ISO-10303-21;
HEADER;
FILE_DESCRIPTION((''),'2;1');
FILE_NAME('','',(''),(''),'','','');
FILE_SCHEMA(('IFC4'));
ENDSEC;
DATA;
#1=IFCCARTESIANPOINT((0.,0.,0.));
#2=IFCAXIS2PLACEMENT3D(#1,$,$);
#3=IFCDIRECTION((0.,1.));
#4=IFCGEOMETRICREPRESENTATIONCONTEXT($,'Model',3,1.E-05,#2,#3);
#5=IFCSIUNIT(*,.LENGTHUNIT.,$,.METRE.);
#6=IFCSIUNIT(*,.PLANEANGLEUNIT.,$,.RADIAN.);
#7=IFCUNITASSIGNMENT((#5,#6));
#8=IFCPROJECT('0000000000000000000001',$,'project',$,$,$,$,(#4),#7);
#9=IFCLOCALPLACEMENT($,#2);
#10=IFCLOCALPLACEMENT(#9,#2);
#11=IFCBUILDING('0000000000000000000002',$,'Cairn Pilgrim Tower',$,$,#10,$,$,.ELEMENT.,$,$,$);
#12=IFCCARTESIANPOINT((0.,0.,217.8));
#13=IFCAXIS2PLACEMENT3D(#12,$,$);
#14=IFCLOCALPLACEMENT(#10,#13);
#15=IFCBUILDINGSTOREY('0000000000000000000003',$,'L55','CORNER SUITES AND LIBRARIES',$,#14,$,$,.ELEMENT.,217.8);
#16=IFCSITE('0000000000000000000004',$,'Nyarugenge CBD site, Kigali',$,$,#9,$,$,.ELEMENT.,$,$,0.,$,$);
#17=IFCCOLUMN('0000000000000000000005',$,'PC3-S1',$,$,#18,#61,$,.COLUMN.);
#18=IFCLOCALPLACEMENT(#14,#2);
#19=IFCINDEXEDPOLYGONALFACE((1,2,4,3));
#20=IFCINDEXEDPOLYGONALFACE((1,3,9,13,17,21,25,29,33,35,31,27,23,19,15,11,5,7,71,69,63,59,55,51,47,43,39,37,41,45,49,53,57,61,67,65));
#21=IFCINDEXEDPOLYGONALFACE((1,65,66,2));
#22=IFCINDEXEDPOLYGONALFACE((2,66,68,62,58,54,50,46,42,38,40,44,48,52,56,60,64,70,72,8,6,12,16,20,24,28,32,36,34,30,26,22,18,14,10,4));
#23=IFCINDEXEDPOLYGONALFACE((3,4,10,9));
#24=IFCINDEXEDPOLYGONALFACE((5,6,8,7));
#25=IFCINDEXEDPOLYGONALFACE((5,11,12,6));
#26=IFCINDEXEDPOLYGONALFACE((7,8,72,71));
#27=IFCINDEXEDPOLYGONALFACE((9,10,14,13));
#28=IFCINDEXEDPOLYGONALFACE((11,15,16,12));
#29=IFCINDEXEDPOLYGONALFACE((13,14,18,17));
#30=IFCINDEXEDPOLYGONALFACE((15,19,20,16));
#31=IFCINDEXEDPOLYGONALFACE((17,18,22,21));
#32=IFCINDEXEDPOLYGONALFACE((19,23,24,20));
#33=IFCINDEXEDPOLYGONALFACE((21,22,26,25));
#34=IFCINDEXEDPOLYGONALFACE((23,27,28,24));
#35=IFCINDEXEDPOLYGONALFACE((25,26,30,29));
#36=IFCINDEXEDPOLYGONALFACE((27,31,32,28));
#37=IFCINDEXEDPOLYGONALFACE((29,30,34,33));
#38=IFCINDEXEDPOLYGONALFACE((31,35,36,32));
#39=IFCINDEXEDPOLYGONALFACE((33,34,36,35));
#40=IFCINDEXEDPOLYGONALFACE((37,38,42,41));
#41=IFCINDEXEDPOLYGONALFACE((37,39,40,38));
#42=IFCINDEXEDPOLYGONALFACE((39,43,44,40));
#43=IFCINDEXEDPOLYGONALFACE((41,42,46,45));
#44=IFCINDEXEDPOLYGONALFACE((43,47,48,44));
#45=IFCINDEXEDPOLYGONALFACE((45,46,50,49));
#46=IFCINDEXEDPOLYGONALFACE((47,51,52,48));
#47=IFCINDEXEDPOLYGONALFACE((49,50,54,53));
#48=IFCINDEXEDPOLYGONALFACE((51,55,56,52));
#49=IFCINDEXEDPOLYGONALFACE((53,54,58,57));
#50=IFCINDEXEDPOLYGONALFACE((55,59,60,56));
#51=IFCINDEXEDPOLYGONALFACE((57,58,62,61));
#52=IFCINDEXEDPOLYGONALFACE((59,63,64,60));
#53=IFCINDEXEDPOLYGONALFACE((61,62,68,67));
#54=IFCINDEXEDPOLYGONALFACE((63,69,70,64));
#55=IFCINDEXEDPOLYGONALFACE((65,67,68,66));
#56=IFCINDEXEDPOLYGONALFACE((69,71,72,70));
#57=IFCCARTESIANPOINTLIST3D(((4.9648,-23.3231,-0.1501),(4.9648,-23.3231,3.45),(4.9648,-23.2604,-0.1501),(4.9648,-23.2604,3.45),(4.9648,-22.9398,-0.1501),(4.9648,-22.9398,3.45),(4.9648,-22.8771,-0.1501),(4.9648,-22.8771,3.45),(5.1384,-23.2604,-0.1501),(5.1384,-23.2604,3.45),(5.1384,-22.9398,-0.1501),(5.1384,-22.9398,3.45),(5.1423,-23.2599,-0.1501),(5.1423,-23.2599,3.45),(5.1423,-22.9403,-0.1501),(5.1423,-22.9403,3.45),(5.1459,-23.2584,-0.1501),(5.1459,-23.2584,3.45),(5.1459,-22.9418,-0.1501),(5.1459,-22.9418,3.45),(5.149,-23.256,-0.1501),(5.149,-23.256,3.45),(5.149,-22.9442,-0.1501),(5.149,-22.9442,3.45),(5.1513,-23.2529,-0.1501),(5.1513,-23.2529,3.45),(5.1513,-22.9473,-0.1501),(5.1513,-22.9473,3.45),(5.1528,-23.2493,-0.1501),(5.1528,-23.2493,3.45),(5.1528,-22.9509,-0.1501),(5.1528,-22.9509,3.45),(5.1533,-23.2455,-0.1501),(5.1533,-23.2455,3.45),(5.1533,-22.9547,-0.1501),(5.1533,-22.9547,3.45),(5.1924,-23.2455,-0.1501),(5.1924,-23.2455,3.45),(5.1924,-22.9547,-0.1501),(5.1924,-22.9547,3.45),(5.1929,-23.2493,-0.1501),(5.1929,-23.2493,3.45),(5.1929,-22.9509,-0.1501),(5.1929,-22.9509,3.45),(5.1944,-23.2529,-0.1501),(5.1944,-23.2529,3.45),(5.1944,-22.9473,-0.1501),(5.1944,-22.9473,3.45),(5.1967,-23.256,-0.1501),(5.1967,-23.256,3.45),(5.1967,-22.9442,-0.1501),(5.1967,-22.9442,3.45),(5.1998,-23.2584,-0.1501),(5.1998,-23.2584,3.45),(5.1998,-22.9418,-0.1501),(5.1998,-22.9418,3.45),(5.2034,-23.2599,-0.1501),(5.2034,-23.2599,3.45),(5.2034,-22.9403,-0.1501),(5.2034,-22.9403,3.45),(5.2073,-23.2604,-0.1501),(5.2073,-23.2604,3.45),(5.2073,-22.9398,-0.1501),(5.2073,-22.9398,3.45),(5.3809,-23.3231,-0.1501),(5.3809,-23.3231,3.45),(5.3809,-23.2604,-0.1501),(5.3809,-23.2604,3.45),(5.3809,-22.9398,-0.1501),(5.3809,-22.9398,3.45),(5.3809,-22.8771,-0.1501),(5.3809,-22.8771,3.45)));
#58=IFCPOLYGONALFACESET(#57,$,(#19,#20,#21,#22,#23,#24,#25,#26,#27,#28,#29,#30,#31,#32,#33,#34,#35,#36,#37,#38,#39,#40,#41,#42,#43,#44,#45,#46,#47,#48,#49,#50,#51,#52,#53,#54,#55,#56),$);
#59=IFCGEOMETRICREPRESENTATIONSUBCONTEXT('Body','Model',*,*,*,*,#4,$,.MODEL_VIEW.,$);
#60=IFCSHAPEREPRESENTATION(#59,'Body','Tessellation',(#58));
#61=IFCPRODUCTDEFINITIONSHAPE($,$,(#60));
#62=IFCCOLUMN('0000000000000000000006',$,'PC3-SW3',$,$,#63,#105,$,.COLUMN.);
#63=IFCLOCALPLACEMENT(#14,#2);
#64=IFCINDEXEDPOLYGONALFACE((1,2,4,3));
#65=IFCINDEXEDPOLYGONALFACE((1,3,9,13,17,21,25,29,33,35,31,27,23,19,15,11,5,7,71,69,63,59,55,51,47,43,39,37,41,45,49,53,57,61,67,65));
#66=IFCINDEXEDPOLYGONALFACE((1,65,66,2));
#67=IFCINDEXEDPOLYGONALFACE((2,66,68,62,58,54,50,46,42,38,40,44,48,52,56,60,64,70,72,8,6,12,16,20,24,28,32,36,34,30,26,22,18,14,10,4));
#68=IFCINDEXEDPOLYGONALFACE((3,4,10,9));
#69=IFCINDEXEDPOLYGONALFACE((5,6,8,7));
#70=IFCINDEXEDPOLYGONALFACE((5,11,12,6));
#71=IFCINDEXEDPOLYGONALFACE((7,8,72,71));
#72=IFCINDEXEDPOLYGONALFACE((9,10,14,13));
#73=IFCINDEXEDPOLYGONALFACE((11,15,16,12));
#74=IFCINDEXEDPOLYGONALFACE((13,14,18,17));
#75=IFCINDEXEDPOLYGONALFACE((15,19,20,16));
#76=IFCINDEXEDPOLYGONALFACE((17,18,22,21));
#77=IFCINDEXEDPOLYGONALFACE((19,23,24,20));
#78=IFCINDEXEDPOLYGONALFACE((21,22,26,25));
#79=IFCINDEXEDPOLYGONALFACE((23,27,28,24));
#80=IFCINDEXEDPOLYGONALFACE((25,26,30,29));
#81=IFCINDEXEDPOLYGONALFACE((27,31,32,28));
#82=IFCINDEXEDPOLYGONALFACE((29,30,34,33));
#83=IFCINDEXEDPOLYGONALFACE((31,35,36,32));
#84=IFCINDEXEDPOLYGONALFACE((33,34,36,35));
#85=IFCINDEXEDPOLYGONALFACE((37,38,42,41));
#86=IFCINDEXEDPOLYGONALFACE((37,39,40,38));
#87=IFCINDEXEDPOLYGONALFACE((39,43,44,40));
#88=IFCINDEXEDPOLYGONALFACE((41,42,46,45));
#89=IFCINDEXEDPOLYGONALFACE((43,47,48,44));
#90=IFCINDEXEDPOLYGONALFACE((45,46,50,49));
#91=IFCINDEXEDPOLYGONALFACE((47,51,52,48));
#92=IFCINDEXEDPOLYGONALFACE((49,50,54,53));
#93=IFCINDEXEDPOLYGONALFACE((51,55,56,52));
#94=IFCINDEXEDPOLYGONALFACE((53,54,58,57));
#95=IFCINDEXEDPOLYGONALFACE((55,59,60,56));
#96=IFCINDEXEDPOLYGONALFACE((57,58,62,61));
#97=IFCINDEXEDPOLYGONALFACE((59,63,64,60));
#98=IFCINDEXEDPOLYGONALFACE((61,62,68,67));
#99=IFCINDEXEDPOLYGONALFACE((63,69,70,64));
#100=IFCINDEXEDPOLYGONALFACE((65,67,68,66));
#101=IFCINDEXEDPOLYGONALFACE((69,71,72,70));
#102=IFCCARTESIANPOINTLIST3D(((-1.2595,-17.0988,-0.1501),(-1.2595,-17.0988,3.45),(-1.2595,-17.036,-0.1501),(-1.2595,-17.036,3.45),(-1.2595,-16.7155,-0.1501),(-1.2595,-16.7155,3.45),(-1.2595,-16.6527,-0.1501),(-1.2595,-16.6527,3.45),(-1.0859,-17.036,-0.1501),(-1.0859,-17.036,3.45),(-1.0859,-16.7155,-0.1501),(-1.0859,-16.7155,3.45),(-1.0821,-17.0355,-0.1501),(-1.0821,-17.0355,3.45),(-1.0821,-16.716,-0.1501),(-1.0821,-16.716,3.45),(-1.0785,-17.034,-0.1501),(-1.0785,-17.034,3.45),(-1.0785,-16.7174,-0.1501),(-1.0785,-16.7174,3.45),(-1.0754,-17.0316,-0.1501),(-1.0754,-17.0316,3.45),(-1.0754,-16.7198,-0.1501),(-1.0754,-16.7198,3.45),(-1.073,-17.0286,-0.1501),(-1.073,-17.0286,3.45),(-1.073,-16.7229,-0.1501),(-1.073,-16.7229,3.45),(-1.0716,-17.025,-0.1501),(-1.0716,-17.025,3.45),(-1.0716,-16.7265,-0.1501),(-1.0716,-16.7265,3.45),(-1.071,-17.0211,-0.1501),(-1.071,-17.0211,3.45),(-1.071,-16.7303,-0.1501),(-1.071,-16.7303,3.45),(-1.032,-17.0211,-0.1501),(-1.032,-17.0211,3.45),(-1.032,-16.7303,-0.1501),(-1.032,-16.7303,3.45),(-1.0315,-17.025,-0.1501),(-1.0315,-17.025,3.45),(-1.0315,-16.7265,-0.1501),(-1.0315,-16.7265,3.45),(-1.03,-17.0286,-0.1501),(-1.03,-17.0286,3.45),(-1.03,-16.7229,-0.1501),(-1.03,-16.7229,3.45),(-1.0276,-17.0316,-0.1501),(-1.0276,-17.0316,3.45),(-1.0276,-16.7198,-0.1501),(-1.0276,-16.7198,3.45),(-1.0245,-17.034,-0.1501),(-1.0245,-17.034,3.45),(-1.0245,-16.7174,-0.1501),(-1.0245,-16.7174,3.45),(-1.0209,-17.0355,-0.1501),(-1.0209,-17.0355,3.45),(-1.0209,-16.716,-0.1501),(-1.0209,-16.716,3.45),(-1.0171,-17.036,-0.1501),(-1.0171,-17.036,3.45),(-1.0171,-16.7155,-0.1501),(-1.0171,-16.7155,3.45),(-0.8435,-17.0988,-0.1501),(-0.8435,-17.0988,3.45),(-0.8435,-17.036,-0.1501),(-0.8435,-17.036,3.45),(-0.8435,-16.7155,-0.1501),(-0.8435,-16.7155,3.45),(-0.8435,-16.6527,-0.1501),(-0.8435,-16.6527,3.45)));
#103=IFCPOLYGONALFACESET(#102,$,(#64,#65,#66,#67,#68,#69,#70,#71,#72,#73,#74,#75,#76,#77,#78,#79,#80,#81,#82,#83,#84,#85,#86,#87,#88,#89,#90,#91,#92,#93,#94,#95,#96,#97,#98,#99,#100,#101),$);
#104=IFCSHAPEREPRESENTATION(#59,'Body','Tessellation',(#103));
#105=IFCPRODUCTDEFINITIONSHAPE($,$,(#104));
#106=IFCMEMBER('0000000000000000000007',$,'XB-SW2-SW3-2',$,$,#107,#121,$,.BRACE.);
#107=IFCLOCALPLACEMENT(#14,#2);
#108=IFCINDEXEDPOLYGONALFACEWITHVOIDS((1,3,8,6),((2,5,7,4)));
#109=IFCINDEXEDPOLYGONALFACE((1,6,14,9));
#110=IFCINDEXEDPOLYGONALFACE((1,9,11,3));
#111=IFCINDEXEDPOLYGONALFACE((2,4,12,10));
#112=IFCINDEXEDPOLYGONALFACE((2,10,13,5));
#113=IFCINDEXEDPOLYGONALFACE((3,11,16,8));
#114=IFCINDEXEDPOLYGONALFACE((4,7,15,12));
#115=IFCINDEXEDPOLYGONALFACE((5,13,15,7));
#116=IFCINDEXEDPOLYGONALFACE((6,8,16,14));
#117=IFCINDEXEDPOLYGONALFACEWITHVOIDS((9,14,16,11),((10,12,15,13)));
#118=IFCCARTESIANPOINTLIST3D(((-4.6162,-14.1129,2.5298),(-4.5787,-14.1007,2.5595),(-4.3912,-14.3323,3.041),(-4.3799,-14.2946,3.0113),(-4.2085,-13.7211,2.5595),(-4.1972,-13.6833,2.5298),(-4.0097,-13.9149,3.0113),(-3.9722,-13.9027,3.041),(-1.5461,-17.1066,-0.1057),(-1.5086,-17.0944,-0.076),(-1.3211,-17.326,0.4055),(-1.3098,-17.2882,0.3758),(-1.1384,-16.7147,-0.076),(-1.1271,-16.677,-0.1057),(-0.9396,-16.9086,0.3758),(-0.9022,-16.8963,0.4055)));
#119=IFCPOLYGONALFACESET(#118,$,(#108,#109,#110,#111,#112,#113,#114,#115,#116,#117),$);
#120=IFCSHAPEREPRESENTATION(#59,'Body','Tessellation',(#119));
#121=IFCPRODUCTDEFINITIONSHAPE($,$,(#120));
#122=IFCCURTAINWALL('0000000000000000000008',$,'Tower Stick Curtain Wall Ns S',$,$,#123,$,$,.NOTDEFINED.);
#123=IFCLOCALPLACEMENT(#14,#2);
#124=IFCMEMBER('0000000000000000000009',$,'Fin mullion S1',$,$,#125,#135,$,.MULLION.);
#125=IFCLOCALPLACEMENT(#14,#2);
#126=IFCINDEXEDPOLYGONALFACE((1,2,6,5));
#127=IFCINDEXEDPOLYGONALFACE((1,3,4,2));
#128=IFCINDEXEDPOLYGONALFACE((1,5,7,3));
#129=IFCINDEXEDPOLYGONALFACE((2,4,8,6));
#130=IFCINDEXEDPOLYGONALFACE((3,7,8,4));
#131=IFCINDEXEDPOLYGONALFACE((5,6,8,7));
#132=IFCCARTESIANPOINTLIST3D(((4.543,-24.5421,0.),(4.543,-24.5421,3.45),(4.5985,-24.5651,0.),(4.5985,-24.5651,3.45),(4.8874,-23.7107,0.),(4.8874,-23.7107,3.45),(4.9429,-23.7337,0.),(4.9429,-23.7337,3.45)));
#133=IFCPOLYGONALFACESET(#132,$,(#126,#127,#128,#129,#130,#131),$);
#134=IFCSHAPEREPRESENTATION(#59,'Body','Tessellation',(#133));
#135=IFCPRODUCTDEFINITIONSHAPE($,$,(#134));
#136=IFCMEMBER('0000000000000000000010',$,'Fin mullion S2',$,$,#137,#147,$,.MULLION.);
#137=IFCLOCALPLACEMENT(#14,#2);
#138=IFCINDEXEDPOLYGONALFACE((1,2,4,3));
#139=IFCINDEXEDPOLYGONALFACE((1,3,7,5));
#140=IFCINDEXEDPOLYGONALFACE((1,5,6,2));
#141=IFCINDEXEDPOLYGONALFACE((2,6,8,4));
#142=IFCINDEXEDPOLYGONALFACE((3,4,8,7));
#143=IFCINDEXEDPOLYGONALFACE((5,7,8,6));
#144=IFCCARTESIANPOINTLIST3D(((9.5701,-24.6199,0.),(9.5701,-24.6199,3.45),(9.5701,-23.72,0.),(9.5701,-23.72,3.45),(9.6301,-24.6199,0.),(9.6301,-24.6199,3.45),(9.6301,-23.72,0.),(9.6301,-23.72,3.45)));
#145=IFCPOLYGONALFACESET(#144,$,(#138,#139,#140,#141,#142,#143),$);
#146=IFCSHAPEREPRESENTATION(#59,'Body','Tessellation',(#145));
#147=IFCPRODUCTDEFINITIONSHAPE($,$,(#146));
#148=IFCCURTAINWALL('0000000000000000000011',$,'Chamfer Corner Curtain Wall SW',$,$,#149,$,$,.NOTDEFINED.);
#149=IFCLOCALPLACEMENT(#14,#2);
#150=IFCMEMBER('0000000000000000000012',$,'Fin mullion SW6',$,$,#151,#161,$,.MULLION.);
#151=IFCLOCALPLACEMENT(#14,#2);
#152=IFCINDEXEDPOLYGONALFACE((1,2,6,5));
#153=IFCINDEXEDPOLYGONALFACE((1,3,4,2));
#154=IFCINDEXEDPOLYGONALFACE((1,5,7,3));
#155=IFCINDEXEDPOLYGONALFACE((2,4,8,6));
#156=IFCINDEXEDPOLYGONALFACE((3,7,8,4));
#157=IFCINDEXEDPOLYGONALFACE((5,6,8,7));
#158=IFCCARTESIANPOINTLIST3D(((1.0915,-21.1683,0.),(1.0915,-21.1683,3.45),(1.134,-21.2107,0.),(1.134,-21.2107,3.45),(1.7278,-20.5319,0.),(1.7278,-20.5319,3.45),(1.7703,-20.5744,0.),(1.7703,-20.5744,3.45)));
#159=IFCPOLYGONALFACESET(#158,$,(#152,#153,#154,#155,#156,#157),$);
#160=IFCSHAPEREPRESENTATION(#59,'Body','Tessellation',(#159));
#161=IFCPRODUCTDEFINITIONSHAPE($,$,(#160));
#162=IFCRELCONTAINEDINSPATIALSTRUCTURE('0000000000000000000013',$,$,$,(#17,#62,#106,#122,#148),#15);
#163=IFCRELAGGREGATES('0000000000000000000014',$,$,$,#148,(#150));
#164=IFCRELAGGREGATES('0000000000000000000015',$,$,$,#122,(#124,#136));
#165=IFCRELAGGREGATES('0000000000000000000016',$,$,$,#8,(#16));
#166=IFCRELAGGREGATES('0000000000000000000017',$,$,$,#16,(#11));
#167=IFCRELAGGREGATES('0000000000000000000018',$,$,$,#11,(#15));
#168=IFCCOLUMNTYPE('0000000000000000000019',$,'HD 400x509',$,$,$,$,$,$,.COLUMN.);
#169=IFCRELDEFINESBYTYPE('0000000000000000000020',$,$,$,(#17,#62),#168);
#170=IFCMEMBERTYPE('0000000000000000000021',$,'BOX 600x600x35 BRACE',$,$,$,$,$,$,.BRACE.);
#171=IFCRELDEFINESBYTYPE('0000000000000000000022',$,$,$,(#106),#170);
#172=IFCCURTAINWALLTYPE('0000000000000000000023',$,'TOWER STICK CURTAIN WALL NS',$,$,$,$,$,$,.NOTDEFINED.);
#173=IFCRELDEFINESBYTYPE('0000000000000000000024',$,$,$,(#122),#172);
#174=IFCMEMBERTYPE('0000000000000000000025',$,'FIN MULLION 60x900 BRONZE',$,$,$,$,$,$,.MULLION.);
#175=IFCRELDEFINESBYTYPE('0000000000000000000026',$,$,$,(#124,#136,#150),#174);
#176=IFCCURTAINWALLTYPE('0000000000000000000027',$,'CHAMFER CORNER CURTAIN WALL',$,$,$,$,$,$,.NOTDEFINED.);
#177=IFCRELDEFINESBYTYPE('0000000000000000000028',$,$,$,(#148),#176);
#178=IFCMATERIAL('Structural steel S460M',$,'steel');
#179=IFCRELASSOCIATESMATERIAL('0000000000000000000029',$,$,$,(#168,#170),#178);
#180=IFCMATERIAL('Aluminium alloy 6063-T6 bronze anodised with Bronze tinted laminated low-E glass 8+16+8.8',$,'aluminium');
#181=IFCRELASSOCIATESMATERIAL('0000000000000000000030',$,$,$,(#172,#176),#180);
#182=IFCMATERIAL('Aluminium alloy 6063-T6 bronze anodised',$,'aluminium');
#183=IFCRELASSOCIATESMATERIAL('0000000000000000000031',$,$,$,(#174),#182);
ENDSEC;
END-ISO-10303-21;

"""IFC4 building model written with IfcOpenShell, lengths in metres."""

from ifc_helpers import new_model, si_unit, direction, frame, origin, origin_2d, place, context, subcontext, project, spatial, rectangle, hollow_rectangle, i_section, extrude, material, material_profile, profile_set, type_object, element, aggregate, save


model = new_model("IFC4")

# Units and contexts
model_context = context("Model", 3, precision=1e-05, world=origin(), true_north=direction((0.0, 1.0)))
body_context = subcontext(model_context, "Body", "Model", "MODEL_VIEW")
ifc_project = project(units=[si_unit("LENGTHUNIT", "METRE"), si_unit("PLANEANGLEUNIT", "RADIAN")], contexts=[model_context])

# Site, building, storey
site_placement = place(None, origin())
site = spatial("IfcSite", under=ifc_project, at=site_placement, Name="Nyarugenge CBD site, Kigali", CompositionType="ELEMENT", RefElevation=0.0)
building_placement = place(site_placement, origin())
building = spatial("IfcBuilding", under=site, at=building_placement, Name="Cairn Pilgrim Tower", CompositionType="ELEMENT")
storey_placement = place(building_placement, frame((0.0, 0.0, 217.8)))
storey = spatial("IfcBuildingStorey", under=building, at=storey_placement, Name="L55", Description="CORNER SUITES AND LIBRARIES", CompositionType="ELEMENT", Elevation=217.8)

# Columns
ifc_material_1 = material(Name="Structural steel S460M", Category="steel")
ifc_material_profile_1 = material_profile(ifc_material_1, i_section(OverallWidth=0.416, OverallDepth=0.446, WebThickness=0.0391, FlangeThickness=0.0627, FilletRadius=0.0149, at=origin_2d()), Name="HD 400x509")
ifc_profile_set_1 = profile_set([ifc_material_profile_1], Name="Structural steel S460M")
column_type = type_object("IfcColumnType", Name="HD 400x509", PredefinedType="COLUMN", material=ifc_profile_set_1)
for number, where, z_axis, x_axis, name in (
    (1, (5.1729, -23.1001, -0.1501), (0.0, 0.0, 1.0), (1.0, 0.0, 0.0), "PC3-S1"),
    (2, (-1.0515, -16.8757, -0.1501), (0.0, 0.0, 1.0), (1.0, 0.0, 0.0), "PC3-SW3"),
):
    element("IfcColumn", number, at=place(storey_placement, frame(where, z_axis=z_axis, x_axis=x_axis)), inside=storey, type_object=column_type, Name=name, PredefinedType="COLUMN", context=body_context, shape_type="SweptSolid", body=[
        extrude(i_section(OverallWidth=0.416, OverallDepth=0.446, WebThickness=0.0391, FlangeThickness=0.0627, FilletRadius=0.0149, at=origin_2d()), origin(), (0.0, 0.0, 1.0), 3.6001),
    ])

# Member
ifc_material_profile_2 = material_profile(ifc_material_1, hollow_rectangle(XDim=0.6001, YDim=0.6001, WallThickness=0.0349, at=origin_2d()), Name="BOX 600x600x35")
ifc_profile_set_2 = profile_set([ifc_material_profile_2], Name="Structural steel S460M")
member_type_1 = type_object("IfcMemberType", Name="BOX 600x600x35 BRACE", PredefinedType="BRACE", material=ifc_profile_set_2)
member_1_placement = place(storey_placement, frame((-1.2241, -17.0015, 0.1499), z_axis=(-0.609963, 0.594781, 0.523623), x_axis=(-0.69814, -0.715961, 0.0)))
element("IfcMember", 3, at=member_1_placement, inside=storey, type_object=member_type_1, Name="XB-SW2-SW3-2", PredefinedType="BRACE", context=body_context, shape_type="SweptSolid", body=[
    extrude(hollow_rectangle(XDim=0.6001, YDim=0.6001, WallThickness=0.0349, at=origin_2d()), origin(), (0.0, 0.0, 1.0), 5.0332),
])

# Curtain wall, members
ifc_material_2 = material(Name="Aluminium alloy 6063-T6 bronze anodised with Bronze tinted laminated low-E glass 8+16+8.8", Category="aluminium")
curtain_wall_type_1 = type_object("IfcCurtainWallType", Name="TOWER STICK CURTAIN WALL NS", PredefinedType="NOTDEFINED", material=ifc_material_2)
curtain_wall_1_placement = place(storey_placement, origin())
curtain_wall_1 = element("IfcCurtainWall", 4, at=curtain_wall_1_placement, inside=storey, type_object=curtain_wall_type_1, Name="Tower Stick Curtain Wall Ns S", PredefinedType="NOTDEFINED")
ifc_material_3 = material(Name="Aluminium alloy 6063-T6 bronze anodised", Category="aluminium")
ifc_material_profile_3 = material_profile(ifc_material_3, rectangle(XDim=0.8999, YDim=0.0601, at=origin_2d()), Name="FIN MULLION 60x900 BRONZE")
ifc_profile_set_3 = profile_set([ifc_material_profile_3], Name="Aluminium alloy 6063-T6 bronze anodised")
member_type_2 = type_object("IfcMemberType", Name="FIN MULLION 60x900 BRONZE", PredefinedType="MULLION", material=ifc_profile_set_3)
member_2_placement = place(storey_placement, frame((4.7429, -24.1379, 0.0), z_axis=(0.0, 0.0, 1.0), x_axis=(-0.382683, -0.92388, 0.0)))
member_2 = element("IfcMember", 5, at=member_2_placement, type_object=member_type_2, Name="Fin mullion S1", PredefinedType="MULLION", context=body_context, shape_type="SweptSolid", body=[
    extrude(rectangle(XDim=0.8999, YDim=0.0601, at=origin_2d()), origin(), (0.0, 0.0, 1.0), 3.45),
])
member_3_placement = place(storey_placement, frame((9.6001, -24.1699, 0.0), z_axis=(0.0, 0.0, 1.0), x_axis=(0.0, -1.0, 0.0)))
member_3 = element("IfcMember", 6, at=member_3_placement, type_object=member_type_2, Name="Fin mullion S2", PredefinedType="MULLION", context=body_context, shape_type="SweptSolid", body=[
    extrude(rectangle(XDim=0.8999, YDim=0.0601, at=origin_2d()), origin(), (0.0, 0.0, 1.0), 3.45),
])

# Curtain wall, member
curtain_wall_type_2 = type_object("IfcCurtainWallType", Name="CHAMFER CORNER CURTAIN WALL", PredefinedType="NOTDEFINED", material=ifc_material_2)
curtain_wall_2_placement = place(storey_placement, origin())
curtain_wall_2 = element("IfcCurtainWall", 7, at=curtain_wall_2_placement, inside=storey, type_object=curtain_wall_type_2, Name="Chamfer Corner Curtain Wall SW", PredefinedType="NOTDEFINED")
member_4_placement = place(storey_placement, frame((1.4309, -20.8713, 0.0), z_axis=(0.0, 0.0, 1.0), x_axis=(-0.707107, -0.707107, 0.0)))
member_4 = element("IfcMember", 8, at=member_4_placement, type_object=member_type_2, Name="Fin mullion SW6", PredefinedType="MULLION", context=body_context, shape_type="SweptSolid", body=[
    extrude(rectangle(XDim=0.8999, YDim=0.0601, at=origin_2d()), origin(), (0.0, 0.0, 1.0), 3.45),
])

aggregate(curtain_wall_2, [member_4])
aggregate(curtain_wall_1, [member_2, member_3])

save(model, "model.ifc")
